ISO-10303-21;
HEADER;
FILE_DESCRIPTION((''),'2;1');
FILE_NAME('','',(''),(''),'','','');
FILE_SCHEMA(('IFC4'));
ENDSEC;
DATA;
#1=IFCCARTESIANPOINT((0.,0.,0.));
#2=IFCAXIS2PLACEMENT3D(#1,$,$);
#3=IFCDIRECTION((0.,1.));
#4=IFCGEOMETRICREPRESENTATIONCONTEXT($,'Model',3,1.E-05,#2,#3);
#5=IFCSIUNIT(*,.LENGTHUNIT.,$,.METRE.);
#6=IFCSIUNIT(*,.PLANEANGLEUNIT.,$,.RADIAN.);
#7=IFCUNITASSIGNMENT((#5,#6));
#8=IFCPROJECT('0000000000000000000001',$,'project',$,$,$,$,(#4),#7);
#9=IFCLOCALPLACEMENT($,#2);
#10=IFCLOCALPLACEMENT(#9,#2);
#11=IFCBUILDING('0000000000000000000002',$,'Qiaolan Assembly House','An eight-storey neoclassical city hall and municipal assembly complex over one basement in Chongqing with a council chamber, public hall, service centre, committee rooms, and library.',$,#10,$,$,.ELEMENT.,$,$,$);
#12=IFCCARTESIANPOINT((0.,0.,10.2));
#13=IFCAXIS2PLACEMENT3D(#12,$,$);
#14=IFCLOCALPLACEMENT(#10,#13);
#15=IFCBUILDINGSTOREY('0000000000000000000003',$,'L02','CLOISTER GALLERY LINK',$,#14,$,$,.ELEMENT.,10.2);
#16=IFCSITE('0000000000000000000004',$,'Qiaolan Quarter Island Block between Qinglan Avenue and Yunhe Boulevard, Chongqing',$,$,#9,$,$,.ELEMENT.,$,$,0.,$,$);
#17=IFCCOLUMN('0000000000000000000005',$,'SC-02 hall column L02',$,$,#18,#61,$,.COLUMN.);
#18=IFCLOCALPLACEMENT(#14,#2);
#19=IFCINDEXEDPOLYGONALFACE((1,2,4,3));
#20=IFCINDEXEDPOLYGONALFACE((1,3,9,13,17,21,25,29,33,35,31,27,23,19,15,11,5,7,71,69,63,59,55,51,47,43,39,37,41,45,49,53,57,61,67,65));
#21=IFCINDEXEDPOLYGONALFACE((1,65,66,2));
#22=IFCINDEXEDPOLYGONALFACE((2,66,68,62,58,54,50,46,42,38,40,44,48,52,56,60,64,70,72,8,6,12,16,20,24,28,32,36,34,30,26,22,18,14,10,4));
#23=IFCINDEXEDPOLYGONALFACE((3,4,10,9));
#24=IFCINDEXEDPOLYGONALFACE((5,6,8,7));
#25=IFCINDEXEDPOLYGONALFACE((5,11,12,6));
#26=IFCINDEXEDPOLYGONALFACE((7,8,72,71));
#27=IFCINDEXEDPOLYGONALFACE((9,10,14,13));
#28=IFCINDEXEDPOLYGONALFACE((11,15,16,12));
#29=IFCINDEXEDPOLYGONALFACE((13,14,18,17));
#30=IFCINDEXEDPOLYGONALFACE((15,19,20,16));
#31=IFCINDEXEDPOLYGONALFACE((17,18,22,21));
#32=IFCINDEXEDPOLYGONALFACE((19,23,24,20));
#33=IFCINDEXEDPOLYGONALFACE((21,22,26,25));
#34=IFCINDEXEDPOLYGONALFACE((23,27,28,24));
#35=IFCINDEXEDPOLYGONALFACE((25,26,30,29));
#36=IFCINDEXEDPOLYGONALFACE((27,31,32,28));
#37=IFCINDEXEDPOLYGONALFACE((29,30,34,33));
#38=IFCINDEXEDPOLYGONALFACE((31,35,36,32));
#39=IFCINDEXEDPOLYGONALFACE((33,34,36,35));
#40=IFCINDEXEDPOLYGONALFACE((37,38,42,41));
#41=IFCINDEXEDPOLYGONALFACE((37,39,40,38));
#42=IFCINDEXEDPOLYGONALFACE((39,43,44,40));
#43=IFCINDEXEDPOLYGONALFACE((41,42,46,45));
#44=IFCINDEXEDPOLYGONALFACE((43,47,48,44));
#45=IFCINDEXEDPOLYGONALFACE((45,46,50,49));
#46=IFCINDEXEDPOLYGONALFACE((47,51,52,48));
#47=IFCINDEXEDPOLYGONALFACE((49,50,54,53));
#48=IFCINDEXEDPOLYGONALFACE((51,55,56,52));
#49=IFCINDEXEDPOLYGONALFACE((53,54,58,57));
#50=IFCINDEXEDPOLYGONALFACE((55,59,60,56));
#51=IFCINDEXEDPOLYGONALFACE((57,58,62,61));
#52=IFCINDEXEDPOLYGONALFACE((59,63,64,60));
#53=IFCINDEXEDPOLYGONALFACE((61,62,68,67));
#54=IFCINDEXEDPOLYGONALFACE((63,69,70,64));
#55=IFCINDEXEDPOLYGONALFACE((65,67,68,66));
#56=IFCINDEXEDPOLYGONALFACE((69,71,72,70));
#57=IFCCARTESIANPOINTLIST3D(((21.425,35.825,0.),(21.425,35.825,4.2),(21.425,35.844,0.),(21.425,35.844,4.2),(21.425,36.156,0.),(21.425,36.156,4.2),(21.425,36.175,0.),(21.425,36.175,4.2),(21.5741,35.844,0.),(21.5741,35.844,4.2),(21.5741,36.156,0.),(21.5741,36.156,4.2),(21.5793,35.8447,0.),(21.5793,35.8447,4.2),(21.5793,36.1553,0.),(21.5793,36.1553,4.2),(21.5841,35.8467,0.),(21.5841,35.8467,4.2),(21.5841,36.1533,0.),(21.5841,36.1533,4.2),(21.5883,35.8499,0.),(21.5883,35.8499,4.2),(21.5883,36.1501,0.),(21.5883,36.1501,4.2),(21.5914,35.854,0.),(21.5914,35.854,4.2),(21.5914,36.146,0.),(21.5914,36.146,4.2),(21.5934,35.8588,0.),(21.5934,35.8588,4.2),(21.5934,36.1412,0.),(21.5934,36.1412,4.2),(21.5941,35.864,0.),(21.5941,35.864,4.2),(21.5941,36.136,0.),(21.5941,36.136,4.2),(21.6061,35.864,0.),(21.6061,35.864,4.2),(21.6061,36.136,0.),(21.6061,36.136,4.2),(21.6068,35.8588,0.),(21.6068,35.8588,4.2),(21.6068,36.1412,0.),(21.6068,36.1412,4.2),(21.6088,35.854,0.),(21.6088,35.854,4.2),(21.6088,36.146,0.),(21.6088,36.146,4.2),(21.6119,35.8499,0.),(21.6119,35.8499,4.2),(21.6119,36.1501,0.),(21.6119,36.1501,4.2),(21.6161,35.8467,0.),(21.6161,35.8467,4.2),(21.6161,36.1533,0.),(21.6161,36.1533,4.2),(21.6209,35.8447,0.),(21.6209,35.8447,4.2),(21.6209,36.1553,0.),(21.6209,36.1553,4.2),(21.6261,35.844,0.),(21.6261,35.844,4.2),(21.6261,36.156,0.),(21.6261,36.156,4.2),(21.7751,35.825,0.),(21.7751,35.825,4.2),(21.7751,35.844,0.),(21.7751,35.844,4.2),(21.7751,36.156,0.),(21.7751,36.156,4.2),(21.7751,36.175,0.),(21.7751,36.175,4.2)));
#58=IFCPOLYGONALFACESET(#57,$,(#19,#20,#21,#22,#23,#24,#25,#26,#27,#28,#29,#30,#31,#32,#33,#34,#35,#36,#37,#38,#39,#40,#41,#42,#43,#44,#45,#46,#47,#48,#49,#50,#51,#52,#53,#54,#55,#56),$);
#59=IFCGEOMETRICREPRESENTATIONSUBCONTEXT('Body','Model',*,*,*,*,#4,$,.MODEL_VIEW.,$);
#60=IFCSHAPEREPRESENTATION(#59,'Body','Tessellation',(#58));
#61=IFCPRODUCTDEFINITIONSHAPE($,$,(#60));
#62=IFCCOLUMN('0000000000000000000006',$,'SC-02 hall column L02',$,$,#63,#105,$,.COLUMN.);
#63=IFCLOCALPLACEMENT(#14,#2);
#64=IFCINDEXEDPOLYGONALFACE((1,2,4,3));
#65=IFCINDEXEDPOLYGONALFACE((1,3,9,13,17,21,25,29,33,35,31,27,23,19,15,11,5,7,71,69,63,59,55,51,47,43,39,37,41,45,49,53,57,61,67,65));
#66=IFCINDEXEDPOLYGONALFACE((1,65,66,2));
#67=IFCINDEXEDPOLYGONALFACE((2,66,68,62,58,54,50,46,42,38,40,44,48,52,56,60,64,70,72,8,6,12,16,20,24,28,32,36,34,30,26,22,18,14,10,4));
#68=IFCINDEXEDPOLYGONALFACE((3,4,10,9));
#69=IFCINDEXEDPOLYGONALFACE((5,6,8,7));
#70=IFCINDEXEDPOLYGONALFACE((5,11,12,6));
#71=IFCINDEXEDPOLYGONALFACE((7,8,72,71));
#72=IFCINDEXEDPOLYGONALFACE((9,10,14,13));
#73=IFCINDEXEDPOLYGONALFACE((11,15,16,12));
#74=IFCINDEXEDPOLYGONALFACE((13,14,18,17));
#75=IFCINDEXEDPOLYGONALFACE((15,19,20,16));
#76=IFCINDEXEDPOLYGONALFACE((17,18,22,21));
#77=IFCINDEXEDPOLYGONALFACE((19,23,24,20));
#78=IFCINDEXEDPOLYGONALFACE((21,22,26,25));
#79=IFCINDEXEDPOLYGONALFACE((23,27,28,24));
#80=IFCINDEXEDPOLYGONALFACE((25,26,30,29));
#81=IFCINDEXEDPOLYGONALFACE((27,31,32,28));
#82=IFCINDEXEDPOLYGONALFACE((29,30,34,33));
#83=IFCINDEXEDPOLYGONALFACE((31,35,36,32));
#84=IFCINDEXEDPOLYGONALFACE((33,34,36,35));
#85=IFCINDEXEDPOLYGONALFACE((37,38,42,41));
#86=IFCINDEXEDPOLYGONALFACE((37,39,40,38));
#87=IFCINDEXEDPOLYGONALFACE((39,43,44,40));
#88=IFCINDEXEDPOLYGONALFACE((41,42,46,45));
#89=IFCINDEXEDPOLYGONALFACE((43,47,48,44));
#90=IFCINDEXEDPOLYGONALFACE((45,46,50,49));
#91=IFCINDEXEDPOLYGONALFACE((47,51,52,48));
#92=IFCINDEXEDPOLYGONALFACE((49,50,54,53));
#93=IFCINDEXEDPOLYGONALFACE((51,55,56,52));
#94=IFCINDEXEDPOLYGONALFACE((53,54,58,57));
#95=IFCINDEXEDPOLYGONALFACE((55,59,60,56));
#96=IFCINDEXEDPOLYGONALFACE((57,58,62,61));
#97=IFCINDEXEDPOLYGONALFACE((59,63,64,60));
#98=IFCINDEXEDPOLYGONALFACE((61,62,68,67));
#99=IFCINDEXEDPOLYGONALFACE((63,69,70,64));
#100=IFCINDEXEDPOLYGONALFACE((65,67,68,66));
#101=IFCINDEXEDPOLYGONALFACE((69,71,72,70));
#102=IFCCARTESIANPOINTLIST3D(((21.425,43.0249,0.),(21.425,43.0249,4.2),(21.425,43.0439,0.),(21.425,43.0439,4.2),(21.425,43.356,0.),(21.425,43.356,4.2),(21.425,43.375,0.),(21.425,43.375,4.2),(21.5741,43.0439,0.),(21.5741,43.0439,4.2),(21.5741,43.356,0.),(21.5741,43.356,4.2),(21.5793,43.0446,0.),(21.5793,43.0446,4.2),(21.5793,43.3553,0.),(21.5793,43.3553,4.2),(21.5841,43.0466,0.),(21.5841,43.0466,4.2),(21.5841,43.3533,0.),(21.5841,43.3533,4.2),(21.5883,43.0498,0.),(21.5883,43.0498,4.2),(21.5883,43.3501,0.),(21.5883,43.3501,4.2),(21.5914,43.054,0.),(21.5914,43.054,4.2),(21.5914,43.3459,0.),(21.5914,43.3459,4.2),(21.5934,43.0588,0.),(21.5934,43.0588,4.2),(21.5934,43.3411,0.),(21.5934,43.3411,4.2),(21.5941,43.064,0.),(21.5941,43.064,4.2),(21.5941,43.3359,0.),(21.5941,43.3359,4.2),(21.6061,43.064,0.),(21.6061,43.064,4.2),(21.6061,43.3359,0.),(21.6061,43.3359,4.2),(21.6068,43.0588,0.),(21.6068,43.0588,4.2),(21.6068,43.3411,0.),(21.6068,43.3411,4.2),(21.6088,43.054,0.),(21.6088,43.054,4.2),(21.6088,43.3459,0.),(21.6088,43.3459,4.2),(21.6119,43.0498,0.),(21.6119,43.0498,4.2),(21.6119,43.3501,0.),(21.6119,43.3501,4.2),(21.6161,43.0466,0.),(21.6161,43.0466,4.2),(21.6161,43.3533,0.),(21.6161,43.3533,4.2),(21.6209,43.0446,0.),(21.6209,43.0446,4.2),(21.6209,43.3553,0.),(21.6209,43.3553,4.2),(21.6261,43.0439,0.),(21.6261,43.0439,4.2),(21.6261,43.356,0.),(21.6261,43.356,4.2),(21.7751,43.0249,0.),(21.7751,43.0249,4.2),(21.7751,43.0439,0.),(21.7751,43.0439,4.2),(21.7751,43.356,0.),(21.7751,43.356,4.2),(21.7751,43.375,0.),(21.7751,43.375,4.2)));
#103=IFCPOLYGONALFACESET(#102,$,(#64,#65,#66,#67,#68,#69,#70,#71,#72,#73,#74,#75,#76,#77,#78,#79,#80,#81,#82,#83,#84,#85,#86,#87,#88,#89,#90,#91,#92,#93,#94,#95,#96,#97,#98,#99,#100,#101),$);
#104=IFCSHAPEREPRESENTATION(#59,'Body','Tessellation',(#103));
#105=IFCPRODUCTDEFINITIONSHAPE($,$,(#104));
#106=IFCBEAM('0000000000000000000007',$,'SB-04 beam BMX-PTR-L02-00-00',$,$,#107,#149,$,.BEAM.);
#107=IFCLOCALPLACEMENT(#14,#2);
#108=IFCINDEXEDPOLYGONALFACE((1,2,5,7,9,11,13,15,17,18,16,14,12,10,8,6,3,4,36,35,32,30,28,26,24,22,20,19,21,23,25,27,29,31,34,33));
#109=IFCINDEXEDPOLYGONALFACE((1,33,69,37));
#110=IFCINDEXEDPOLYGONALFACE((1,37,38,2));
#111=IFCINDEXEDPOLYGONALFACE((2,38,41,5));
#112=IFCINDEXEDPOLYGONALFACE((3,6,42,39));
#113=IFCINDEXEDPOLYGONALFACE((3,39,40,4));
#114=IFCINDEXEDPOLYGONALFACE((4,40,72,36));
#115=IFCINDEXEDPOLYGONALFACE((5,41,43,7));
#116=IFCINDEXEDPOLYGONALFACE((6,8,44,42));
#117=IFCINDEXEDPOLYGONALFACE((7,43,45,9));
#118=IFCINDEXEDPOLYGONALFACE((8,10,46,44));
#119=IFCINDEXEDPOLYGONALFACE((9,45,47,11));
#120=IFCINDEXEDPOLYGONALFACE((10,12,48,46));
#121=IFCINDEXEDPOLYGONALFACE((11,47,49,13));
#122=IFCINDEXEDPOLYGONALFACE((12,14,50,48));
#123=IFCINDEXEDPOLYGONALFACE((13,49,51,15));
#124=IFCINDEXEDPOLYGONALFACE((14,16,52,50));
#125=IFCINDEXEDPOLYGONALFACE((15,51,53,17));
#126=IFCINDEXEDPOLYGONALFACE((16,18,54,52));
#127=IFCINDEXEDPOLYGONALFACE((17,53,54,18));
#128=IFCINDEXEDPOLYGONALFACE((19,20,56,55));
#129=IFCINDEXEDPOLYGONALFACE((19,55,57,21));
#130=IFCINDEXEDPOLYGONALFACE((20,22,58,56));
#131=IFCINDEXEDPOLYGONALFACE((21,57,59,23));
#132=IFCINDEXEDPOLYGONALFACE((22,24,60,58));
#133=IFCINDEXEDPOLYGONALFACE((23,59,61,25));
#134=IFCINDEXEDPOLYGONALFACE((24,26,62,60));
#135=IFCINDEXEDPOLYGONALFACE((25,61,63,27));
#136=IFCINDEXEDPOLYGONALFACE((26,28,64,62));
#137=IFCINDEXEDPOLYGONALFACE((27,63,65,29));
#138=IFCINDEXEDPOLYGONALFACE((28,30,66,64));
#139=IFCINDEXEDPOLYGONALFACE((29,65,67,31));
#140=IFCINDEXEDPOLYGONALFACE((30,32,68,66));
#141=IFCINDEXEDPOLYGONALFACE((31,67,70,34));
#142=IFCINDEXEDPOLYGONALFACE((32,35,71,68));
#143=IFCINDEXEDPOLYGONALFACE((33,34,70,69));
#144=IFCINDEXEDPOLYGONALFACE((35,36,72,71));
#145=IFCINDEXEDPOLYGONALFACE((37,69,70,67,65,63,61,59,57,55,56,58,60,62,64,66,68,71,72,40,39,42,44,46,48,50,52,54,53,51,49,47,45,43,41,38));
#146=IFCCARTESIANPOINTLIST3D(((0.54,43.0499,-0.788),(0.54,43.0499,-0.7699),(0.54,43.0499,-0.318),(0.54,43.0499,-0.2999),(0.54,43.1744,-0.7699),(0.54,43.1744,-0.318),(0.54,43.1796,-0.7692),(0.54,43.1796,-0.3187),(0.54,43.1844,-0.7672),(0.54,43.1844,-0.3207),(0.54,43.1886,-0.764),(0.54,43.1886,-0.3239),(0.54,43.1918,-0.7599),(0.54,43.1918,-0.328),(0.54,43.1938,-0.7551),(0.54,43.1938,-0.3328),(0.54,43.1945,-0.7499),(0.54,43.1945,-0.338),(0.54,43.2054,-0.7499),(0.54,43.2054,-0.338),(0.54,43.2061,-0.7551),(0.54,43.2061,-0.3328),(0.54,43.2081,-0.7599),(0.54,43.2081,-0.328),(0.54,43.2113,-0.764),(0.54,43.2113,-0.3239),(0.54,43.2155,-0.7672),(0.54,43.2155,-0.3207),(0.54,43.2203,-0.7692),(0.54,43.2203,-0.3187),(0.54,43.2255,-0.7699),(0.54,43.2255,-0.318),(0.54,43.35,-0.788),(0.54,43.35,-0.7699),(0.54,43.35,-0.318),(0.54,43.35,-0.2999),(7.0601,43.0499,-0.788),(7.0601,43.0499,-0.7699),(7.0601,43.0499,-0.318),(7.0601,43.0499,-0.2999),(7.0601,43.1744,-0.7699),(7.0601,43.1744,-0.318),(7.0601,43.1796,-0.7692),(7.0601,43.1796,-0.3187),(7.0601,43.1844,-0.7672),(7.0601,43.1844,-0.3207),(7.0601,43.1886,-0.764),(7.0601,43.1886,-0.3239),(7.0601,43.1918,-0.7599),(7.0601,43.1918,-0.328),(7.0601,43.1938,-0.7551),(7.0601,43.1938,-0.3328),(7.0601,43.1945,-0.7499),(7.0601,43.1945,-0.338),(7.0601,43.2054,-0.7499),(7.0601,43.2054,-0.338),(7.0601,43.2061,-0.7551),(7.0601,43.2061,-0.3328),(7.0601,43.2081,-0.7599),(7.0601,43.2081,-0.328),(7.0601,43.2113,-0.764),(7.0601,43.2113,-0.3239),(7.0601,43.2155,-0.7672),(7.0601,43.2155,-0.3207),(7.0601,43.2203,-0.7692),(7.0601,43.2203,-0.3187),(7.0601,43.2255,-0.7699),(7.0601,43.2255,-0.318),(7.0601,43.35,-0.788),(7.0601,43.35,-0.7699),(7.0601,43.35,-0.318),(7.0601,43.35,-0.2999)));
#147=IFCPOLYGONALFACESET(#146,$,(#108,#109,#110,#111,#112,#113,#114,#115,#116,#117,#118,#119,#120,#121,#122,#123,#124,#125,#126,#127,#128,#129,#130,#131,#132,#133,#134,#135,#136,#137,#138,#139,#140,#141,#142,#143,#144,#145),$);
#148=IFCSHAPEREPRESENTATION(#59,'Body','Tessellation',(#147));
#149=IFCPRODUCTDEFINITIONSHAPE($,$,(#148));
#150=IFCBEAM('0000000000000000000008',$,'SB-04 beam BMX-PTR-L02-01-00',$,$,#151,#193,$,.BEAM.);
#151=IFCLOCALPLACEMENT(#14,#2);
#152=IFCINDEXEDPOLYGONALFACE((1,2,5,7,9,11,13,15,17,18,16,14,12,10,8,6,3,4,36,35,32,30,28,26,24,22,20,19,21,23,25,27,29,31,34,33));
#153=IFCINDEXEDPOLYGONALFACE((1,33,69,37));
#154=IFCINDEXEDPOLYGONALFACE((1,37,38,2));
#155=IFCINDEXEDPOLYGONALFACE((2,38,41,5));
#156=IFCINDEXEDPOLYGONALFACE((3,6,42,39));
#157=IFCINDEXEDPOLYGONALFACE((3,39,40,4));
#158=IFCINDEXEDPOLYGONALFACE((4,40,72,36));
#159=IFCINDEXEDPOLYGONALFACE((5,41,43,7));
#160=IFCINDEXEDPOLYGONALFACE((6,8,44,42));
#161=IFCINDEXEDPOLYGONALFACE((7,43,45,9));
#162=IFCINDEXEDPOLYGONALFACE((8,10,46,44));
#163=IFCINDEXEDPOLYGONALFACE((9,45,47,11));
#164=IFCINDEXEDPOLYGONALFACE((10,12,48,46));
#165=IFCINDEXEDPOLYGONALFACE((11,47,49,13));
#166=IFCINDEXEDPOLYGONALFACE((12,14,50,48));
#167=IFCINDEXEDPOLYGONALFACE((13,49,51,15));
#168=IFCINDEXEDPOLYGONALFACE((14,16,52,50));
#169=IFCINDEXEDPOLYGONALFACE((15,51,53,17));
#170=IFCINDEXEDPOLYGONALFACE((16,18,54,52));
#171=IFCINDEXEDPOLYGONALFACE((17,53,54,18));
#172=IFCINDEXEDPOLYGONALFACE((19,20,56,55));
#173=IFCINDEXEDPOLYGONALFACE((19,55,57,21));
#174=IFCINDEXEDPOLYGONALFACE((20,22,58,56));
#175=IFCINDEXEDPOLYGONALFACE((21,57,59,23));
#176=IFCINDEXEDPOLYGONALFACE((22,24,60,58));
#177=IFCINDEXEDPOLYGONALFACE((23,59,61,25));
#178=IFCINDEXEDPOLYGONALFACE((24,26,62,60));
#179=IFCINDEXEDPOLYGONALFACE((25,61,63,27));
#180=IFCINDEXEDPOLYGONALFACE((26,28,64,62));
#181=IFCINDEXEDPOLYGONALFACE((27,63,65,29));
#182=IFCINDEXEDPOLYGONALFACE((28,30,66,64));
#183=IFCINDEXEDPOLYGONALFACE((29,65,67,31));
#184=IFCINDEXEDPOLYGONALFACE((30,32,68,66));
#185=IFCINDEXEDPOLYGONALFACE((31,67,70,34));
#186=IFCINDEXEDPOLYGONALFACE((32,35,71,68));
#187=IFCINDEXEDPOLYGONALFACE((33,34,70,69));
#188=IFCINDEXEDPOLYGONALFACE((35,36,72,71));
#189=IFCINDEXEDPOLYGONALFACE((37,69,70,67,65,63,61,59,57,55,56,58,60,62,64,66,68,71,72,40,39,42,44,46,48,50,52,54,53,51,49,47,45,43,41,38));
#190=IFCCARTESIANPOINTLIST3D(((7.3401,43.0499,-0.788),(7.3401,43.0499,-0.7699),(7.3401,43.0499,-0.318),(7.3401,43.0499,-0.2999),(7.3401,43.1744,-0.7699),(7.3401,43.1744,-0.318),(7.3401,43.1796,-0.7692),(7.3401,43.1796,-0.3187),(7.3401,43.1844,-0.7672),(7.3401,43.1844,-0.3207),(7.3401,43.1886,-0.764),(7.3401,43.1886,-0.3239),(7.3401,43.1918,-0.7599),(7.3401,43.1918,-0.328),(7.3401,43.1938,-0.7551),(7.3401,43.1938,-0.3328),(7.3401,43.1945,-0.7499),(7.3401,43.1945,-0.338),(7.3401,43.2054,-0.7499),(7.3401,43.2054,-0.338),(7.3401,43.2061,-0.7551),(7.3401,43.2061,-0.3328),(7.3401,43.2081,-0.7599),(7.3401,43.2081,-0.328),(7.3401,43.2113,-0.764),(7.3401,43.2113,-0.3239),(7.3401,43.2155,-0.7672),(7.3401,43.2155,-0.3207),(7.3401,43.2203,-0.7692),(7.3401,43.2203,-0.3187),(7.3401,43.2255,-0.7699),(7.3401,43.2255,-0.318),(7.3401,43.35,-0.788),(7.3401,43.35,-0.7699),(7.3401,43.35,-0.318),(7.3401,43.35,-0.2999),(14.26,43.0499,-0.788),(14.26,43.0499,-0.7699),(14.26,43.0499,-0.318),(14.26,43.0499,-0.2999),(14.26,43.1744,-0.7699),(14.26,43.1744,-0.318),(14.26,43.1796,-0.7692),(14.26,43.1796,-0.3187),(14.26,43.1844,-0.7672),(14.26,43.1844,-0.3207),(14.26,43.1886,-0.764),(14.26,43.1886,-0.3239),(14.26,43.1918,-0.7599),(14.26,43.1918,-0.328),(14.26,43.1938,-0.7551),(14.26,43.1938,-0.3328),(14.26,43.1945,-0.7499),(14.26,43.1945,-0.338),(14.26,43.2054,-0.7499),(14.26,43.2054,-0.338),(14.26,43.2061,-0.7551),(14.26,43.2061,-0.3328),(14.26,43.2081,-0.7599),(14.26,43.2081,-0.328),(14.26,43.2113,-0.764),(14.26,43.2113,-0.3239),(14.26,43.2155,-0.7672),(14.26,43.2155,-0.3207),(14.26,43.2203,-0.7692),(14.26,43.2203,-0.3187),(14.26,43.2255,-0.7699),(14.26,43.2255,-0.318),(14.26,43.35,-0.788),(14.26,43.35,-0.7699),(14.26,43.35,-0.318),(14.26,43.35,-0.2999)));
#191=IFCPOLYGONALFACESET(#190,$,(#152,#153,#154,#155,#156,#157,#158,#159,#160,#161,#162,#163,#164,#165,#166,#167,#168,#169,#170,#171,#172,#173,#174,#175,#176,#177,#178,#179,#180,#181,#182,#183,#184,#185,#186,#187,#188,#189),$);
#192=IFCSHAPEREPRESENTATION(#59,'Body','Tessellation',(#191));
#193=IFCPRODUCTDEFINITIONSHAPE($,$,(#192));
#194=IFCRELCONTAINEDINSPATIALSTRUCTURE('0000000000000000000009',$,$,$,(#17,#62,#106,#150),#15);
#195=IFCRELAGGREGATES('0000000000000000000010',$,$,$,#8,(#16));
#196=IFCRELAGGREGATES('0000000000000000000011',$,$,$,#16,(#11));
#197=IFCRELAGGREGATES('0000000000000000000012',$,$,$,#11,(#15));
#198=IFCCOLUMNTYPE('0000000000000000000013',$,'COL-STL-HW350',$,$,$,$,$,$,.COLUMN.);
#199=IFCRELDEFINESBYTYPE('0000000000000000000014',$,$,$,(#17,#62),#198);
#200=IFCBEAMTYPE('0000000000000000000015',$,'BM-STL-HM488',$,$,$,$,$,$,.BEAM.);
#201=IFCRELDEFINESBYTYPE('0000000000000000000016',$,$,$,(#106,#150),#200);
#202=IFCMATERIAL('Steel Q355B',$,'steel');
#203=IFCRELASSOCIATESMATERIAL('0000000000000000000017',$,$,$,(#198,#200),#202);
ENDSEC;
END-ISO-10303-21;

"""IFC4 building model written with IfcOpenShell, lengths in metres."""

from ifc_helpers import new_model, si_unit, direction, frame, origin, origin_2d, place, context, subcontext, project, spatial, i_section, extrude, material, material_profile, profile_set, type_object, element, save


model = new_model("IFC4")

# Units and contexts
model_context = context("Model", 3, precision=1e-05, world=origin(), true_north=direction((0.0, 1.0)))
body_context = subcontext(model_context, "Body", "Model", "MODEL_VIEW")
ifc_project = project(units=[si_unit("LENGTHUNIT", "METRE"), si_unit("PLANEANGLEUNIT", "RADIAN")], contexts=[model_context])

# Site, building, storey
site_placement = place(None, origin())
site = spatial("IfcSite", under=ifc_project, at=site_placement, Name="Qiaolan Quarter Island Block between Qinglan Avenue and Yunhe Boulevard, Chongqing", CompositionType="ELEMENT", RefElevation=0.0)
building_placement = place(site_placement, origin())
building = spatial("IfcBuilding", under=site, at=building_placement, Name="Qiaolan Assembly House", Description="An eight-storey neoclassical city hall and municipal assembly complex over one basement in Chongqing with a council chamber, public hall, service centre, committee rooms, and library.", CompositionType="ELEMENT")
storey_placement = place(building_placement, frame((0.0, 0.0, 10.2)))
storey = spatial("IfcBuildingStorey", under=building, at=storey_placement, Name="L02", Description="CLOISTER GALLERY LINK", CompositionType="ELEMENT", Elevation=10.2)

# Columns
ifc_material_1 = material(Name="Steel Q355B", Category="steel")
ifc_material_profile_1 = material_profile(ifc_material_1, i_section(OverallWidth=0.3501, OverallDepth=0.3501, WebThickness=0.012, FlangeThickness=0.019, FilletRadius=0.02, at=origin_2d()), Name="HW 350x350x12x19")
ifc_profile_set_1 = profile_set([ifc_material_profile_1], Name="Steel Q355B")
column_type = type_object("IfcColumnType", Name="COL-STL-HW350", PredefinedType="COLUMN", material=ifc_profile_set_1)
for number, where, z_axis, x_axis, name in (
    (1, (21.6001, 36.0, 0.0), (0.0, 0.0, 1.0), (1.0, 0.0, 0.0), "SC-02 hall column L02"),
    (2, (21.6001, 43.2, 0.0), (0.0, 0.0, 1.0), (1.0, 0.0, 0.0), "SC-02 hall column L02"),
):
    element("IfcColumn", number, at=place(storey_placement, frame(where, z_axis=z_axis, x_axis=x_axis)), inside=storey, type_object=column_type, Name=name, PredefinedType="COLUMN", context=body_context, shape_type="SweptSolid", body=[
        extrude(i_section(OverallWidth=0.3501, OverallDepth=0.3501, WebThickness=0.012, FlangeThickness=0.019, FilletRadius=0.02, at=origin_2d()), origin(), (0.0, 0.0, 1.0), 4.2),
    ])

# Beams
ifc_material_profile_2 = material_profile(ifc_material_1, i_section(OverallWidth=0.3, OverallDepth=0.488, WebThickness=0.011, FlangeThickness=0.0181, FilletRadius=0.02, at=origin_2d()), Name="HM 488x300x11x18")
ifc_profile_set_2 = profile_set([ifc_material_profile_2], Name="Steel Q355B")
beam_type_1 = type_object("IfcBeamType", Name="BM-STL-HM488", PredefinedType="BEAM", material=ifc_profile_set_2)
beam_1_placement = place(storey_placement, frame((0.54, 43.2, -0.5439), z_axis=(1.0, 0.0, 0.0), x_axis=(0.0, 1.0, 0.0)))
element("IfcBeam", 3, at=beam_1_placement, inside=storey, type_object=beam_type_1, Name="SB-04 beam BMX-PTR-L02-00-00", PredefinedType="BEAM", context=body_context, shape_type="SweptSolid", body=[
    extrude(i_section(OverallWidth=0.3, OverallDepth=0.488, WebThickness=0.011, FlangeThickness=0.0181, FilletRadius=0.02, at=origin_2d()), origin(), (0.0, 0.0, 1.0), 6.52),
])
beam_2_placement = place(storey_placement, frame((7.3401, 43.2, -0.5439), z_axis=(1.0, 0.0, 0.0), x_axis=(0.0, 1.0, 0.0)))
element("IfcBeam", 4, at=beam_2_placement, inside=storey, type_object=beam_type_1, Name="SB-04 beam BMX-PTR-L02-01-00", PredefinedType="BEAM", context=body_context, shape_type="SweptSolid", body=[
    extrude(i_section(OverallWidth=0.3, OverallDepth=0.488, WebThickness=0.011, FlangeThickness=0.0181, FilletRadius=0.02, at=origin_2d()), origin(), (0.0, 0.0, 1.0), 6.9199),
])

save(model, "model.ifc")
